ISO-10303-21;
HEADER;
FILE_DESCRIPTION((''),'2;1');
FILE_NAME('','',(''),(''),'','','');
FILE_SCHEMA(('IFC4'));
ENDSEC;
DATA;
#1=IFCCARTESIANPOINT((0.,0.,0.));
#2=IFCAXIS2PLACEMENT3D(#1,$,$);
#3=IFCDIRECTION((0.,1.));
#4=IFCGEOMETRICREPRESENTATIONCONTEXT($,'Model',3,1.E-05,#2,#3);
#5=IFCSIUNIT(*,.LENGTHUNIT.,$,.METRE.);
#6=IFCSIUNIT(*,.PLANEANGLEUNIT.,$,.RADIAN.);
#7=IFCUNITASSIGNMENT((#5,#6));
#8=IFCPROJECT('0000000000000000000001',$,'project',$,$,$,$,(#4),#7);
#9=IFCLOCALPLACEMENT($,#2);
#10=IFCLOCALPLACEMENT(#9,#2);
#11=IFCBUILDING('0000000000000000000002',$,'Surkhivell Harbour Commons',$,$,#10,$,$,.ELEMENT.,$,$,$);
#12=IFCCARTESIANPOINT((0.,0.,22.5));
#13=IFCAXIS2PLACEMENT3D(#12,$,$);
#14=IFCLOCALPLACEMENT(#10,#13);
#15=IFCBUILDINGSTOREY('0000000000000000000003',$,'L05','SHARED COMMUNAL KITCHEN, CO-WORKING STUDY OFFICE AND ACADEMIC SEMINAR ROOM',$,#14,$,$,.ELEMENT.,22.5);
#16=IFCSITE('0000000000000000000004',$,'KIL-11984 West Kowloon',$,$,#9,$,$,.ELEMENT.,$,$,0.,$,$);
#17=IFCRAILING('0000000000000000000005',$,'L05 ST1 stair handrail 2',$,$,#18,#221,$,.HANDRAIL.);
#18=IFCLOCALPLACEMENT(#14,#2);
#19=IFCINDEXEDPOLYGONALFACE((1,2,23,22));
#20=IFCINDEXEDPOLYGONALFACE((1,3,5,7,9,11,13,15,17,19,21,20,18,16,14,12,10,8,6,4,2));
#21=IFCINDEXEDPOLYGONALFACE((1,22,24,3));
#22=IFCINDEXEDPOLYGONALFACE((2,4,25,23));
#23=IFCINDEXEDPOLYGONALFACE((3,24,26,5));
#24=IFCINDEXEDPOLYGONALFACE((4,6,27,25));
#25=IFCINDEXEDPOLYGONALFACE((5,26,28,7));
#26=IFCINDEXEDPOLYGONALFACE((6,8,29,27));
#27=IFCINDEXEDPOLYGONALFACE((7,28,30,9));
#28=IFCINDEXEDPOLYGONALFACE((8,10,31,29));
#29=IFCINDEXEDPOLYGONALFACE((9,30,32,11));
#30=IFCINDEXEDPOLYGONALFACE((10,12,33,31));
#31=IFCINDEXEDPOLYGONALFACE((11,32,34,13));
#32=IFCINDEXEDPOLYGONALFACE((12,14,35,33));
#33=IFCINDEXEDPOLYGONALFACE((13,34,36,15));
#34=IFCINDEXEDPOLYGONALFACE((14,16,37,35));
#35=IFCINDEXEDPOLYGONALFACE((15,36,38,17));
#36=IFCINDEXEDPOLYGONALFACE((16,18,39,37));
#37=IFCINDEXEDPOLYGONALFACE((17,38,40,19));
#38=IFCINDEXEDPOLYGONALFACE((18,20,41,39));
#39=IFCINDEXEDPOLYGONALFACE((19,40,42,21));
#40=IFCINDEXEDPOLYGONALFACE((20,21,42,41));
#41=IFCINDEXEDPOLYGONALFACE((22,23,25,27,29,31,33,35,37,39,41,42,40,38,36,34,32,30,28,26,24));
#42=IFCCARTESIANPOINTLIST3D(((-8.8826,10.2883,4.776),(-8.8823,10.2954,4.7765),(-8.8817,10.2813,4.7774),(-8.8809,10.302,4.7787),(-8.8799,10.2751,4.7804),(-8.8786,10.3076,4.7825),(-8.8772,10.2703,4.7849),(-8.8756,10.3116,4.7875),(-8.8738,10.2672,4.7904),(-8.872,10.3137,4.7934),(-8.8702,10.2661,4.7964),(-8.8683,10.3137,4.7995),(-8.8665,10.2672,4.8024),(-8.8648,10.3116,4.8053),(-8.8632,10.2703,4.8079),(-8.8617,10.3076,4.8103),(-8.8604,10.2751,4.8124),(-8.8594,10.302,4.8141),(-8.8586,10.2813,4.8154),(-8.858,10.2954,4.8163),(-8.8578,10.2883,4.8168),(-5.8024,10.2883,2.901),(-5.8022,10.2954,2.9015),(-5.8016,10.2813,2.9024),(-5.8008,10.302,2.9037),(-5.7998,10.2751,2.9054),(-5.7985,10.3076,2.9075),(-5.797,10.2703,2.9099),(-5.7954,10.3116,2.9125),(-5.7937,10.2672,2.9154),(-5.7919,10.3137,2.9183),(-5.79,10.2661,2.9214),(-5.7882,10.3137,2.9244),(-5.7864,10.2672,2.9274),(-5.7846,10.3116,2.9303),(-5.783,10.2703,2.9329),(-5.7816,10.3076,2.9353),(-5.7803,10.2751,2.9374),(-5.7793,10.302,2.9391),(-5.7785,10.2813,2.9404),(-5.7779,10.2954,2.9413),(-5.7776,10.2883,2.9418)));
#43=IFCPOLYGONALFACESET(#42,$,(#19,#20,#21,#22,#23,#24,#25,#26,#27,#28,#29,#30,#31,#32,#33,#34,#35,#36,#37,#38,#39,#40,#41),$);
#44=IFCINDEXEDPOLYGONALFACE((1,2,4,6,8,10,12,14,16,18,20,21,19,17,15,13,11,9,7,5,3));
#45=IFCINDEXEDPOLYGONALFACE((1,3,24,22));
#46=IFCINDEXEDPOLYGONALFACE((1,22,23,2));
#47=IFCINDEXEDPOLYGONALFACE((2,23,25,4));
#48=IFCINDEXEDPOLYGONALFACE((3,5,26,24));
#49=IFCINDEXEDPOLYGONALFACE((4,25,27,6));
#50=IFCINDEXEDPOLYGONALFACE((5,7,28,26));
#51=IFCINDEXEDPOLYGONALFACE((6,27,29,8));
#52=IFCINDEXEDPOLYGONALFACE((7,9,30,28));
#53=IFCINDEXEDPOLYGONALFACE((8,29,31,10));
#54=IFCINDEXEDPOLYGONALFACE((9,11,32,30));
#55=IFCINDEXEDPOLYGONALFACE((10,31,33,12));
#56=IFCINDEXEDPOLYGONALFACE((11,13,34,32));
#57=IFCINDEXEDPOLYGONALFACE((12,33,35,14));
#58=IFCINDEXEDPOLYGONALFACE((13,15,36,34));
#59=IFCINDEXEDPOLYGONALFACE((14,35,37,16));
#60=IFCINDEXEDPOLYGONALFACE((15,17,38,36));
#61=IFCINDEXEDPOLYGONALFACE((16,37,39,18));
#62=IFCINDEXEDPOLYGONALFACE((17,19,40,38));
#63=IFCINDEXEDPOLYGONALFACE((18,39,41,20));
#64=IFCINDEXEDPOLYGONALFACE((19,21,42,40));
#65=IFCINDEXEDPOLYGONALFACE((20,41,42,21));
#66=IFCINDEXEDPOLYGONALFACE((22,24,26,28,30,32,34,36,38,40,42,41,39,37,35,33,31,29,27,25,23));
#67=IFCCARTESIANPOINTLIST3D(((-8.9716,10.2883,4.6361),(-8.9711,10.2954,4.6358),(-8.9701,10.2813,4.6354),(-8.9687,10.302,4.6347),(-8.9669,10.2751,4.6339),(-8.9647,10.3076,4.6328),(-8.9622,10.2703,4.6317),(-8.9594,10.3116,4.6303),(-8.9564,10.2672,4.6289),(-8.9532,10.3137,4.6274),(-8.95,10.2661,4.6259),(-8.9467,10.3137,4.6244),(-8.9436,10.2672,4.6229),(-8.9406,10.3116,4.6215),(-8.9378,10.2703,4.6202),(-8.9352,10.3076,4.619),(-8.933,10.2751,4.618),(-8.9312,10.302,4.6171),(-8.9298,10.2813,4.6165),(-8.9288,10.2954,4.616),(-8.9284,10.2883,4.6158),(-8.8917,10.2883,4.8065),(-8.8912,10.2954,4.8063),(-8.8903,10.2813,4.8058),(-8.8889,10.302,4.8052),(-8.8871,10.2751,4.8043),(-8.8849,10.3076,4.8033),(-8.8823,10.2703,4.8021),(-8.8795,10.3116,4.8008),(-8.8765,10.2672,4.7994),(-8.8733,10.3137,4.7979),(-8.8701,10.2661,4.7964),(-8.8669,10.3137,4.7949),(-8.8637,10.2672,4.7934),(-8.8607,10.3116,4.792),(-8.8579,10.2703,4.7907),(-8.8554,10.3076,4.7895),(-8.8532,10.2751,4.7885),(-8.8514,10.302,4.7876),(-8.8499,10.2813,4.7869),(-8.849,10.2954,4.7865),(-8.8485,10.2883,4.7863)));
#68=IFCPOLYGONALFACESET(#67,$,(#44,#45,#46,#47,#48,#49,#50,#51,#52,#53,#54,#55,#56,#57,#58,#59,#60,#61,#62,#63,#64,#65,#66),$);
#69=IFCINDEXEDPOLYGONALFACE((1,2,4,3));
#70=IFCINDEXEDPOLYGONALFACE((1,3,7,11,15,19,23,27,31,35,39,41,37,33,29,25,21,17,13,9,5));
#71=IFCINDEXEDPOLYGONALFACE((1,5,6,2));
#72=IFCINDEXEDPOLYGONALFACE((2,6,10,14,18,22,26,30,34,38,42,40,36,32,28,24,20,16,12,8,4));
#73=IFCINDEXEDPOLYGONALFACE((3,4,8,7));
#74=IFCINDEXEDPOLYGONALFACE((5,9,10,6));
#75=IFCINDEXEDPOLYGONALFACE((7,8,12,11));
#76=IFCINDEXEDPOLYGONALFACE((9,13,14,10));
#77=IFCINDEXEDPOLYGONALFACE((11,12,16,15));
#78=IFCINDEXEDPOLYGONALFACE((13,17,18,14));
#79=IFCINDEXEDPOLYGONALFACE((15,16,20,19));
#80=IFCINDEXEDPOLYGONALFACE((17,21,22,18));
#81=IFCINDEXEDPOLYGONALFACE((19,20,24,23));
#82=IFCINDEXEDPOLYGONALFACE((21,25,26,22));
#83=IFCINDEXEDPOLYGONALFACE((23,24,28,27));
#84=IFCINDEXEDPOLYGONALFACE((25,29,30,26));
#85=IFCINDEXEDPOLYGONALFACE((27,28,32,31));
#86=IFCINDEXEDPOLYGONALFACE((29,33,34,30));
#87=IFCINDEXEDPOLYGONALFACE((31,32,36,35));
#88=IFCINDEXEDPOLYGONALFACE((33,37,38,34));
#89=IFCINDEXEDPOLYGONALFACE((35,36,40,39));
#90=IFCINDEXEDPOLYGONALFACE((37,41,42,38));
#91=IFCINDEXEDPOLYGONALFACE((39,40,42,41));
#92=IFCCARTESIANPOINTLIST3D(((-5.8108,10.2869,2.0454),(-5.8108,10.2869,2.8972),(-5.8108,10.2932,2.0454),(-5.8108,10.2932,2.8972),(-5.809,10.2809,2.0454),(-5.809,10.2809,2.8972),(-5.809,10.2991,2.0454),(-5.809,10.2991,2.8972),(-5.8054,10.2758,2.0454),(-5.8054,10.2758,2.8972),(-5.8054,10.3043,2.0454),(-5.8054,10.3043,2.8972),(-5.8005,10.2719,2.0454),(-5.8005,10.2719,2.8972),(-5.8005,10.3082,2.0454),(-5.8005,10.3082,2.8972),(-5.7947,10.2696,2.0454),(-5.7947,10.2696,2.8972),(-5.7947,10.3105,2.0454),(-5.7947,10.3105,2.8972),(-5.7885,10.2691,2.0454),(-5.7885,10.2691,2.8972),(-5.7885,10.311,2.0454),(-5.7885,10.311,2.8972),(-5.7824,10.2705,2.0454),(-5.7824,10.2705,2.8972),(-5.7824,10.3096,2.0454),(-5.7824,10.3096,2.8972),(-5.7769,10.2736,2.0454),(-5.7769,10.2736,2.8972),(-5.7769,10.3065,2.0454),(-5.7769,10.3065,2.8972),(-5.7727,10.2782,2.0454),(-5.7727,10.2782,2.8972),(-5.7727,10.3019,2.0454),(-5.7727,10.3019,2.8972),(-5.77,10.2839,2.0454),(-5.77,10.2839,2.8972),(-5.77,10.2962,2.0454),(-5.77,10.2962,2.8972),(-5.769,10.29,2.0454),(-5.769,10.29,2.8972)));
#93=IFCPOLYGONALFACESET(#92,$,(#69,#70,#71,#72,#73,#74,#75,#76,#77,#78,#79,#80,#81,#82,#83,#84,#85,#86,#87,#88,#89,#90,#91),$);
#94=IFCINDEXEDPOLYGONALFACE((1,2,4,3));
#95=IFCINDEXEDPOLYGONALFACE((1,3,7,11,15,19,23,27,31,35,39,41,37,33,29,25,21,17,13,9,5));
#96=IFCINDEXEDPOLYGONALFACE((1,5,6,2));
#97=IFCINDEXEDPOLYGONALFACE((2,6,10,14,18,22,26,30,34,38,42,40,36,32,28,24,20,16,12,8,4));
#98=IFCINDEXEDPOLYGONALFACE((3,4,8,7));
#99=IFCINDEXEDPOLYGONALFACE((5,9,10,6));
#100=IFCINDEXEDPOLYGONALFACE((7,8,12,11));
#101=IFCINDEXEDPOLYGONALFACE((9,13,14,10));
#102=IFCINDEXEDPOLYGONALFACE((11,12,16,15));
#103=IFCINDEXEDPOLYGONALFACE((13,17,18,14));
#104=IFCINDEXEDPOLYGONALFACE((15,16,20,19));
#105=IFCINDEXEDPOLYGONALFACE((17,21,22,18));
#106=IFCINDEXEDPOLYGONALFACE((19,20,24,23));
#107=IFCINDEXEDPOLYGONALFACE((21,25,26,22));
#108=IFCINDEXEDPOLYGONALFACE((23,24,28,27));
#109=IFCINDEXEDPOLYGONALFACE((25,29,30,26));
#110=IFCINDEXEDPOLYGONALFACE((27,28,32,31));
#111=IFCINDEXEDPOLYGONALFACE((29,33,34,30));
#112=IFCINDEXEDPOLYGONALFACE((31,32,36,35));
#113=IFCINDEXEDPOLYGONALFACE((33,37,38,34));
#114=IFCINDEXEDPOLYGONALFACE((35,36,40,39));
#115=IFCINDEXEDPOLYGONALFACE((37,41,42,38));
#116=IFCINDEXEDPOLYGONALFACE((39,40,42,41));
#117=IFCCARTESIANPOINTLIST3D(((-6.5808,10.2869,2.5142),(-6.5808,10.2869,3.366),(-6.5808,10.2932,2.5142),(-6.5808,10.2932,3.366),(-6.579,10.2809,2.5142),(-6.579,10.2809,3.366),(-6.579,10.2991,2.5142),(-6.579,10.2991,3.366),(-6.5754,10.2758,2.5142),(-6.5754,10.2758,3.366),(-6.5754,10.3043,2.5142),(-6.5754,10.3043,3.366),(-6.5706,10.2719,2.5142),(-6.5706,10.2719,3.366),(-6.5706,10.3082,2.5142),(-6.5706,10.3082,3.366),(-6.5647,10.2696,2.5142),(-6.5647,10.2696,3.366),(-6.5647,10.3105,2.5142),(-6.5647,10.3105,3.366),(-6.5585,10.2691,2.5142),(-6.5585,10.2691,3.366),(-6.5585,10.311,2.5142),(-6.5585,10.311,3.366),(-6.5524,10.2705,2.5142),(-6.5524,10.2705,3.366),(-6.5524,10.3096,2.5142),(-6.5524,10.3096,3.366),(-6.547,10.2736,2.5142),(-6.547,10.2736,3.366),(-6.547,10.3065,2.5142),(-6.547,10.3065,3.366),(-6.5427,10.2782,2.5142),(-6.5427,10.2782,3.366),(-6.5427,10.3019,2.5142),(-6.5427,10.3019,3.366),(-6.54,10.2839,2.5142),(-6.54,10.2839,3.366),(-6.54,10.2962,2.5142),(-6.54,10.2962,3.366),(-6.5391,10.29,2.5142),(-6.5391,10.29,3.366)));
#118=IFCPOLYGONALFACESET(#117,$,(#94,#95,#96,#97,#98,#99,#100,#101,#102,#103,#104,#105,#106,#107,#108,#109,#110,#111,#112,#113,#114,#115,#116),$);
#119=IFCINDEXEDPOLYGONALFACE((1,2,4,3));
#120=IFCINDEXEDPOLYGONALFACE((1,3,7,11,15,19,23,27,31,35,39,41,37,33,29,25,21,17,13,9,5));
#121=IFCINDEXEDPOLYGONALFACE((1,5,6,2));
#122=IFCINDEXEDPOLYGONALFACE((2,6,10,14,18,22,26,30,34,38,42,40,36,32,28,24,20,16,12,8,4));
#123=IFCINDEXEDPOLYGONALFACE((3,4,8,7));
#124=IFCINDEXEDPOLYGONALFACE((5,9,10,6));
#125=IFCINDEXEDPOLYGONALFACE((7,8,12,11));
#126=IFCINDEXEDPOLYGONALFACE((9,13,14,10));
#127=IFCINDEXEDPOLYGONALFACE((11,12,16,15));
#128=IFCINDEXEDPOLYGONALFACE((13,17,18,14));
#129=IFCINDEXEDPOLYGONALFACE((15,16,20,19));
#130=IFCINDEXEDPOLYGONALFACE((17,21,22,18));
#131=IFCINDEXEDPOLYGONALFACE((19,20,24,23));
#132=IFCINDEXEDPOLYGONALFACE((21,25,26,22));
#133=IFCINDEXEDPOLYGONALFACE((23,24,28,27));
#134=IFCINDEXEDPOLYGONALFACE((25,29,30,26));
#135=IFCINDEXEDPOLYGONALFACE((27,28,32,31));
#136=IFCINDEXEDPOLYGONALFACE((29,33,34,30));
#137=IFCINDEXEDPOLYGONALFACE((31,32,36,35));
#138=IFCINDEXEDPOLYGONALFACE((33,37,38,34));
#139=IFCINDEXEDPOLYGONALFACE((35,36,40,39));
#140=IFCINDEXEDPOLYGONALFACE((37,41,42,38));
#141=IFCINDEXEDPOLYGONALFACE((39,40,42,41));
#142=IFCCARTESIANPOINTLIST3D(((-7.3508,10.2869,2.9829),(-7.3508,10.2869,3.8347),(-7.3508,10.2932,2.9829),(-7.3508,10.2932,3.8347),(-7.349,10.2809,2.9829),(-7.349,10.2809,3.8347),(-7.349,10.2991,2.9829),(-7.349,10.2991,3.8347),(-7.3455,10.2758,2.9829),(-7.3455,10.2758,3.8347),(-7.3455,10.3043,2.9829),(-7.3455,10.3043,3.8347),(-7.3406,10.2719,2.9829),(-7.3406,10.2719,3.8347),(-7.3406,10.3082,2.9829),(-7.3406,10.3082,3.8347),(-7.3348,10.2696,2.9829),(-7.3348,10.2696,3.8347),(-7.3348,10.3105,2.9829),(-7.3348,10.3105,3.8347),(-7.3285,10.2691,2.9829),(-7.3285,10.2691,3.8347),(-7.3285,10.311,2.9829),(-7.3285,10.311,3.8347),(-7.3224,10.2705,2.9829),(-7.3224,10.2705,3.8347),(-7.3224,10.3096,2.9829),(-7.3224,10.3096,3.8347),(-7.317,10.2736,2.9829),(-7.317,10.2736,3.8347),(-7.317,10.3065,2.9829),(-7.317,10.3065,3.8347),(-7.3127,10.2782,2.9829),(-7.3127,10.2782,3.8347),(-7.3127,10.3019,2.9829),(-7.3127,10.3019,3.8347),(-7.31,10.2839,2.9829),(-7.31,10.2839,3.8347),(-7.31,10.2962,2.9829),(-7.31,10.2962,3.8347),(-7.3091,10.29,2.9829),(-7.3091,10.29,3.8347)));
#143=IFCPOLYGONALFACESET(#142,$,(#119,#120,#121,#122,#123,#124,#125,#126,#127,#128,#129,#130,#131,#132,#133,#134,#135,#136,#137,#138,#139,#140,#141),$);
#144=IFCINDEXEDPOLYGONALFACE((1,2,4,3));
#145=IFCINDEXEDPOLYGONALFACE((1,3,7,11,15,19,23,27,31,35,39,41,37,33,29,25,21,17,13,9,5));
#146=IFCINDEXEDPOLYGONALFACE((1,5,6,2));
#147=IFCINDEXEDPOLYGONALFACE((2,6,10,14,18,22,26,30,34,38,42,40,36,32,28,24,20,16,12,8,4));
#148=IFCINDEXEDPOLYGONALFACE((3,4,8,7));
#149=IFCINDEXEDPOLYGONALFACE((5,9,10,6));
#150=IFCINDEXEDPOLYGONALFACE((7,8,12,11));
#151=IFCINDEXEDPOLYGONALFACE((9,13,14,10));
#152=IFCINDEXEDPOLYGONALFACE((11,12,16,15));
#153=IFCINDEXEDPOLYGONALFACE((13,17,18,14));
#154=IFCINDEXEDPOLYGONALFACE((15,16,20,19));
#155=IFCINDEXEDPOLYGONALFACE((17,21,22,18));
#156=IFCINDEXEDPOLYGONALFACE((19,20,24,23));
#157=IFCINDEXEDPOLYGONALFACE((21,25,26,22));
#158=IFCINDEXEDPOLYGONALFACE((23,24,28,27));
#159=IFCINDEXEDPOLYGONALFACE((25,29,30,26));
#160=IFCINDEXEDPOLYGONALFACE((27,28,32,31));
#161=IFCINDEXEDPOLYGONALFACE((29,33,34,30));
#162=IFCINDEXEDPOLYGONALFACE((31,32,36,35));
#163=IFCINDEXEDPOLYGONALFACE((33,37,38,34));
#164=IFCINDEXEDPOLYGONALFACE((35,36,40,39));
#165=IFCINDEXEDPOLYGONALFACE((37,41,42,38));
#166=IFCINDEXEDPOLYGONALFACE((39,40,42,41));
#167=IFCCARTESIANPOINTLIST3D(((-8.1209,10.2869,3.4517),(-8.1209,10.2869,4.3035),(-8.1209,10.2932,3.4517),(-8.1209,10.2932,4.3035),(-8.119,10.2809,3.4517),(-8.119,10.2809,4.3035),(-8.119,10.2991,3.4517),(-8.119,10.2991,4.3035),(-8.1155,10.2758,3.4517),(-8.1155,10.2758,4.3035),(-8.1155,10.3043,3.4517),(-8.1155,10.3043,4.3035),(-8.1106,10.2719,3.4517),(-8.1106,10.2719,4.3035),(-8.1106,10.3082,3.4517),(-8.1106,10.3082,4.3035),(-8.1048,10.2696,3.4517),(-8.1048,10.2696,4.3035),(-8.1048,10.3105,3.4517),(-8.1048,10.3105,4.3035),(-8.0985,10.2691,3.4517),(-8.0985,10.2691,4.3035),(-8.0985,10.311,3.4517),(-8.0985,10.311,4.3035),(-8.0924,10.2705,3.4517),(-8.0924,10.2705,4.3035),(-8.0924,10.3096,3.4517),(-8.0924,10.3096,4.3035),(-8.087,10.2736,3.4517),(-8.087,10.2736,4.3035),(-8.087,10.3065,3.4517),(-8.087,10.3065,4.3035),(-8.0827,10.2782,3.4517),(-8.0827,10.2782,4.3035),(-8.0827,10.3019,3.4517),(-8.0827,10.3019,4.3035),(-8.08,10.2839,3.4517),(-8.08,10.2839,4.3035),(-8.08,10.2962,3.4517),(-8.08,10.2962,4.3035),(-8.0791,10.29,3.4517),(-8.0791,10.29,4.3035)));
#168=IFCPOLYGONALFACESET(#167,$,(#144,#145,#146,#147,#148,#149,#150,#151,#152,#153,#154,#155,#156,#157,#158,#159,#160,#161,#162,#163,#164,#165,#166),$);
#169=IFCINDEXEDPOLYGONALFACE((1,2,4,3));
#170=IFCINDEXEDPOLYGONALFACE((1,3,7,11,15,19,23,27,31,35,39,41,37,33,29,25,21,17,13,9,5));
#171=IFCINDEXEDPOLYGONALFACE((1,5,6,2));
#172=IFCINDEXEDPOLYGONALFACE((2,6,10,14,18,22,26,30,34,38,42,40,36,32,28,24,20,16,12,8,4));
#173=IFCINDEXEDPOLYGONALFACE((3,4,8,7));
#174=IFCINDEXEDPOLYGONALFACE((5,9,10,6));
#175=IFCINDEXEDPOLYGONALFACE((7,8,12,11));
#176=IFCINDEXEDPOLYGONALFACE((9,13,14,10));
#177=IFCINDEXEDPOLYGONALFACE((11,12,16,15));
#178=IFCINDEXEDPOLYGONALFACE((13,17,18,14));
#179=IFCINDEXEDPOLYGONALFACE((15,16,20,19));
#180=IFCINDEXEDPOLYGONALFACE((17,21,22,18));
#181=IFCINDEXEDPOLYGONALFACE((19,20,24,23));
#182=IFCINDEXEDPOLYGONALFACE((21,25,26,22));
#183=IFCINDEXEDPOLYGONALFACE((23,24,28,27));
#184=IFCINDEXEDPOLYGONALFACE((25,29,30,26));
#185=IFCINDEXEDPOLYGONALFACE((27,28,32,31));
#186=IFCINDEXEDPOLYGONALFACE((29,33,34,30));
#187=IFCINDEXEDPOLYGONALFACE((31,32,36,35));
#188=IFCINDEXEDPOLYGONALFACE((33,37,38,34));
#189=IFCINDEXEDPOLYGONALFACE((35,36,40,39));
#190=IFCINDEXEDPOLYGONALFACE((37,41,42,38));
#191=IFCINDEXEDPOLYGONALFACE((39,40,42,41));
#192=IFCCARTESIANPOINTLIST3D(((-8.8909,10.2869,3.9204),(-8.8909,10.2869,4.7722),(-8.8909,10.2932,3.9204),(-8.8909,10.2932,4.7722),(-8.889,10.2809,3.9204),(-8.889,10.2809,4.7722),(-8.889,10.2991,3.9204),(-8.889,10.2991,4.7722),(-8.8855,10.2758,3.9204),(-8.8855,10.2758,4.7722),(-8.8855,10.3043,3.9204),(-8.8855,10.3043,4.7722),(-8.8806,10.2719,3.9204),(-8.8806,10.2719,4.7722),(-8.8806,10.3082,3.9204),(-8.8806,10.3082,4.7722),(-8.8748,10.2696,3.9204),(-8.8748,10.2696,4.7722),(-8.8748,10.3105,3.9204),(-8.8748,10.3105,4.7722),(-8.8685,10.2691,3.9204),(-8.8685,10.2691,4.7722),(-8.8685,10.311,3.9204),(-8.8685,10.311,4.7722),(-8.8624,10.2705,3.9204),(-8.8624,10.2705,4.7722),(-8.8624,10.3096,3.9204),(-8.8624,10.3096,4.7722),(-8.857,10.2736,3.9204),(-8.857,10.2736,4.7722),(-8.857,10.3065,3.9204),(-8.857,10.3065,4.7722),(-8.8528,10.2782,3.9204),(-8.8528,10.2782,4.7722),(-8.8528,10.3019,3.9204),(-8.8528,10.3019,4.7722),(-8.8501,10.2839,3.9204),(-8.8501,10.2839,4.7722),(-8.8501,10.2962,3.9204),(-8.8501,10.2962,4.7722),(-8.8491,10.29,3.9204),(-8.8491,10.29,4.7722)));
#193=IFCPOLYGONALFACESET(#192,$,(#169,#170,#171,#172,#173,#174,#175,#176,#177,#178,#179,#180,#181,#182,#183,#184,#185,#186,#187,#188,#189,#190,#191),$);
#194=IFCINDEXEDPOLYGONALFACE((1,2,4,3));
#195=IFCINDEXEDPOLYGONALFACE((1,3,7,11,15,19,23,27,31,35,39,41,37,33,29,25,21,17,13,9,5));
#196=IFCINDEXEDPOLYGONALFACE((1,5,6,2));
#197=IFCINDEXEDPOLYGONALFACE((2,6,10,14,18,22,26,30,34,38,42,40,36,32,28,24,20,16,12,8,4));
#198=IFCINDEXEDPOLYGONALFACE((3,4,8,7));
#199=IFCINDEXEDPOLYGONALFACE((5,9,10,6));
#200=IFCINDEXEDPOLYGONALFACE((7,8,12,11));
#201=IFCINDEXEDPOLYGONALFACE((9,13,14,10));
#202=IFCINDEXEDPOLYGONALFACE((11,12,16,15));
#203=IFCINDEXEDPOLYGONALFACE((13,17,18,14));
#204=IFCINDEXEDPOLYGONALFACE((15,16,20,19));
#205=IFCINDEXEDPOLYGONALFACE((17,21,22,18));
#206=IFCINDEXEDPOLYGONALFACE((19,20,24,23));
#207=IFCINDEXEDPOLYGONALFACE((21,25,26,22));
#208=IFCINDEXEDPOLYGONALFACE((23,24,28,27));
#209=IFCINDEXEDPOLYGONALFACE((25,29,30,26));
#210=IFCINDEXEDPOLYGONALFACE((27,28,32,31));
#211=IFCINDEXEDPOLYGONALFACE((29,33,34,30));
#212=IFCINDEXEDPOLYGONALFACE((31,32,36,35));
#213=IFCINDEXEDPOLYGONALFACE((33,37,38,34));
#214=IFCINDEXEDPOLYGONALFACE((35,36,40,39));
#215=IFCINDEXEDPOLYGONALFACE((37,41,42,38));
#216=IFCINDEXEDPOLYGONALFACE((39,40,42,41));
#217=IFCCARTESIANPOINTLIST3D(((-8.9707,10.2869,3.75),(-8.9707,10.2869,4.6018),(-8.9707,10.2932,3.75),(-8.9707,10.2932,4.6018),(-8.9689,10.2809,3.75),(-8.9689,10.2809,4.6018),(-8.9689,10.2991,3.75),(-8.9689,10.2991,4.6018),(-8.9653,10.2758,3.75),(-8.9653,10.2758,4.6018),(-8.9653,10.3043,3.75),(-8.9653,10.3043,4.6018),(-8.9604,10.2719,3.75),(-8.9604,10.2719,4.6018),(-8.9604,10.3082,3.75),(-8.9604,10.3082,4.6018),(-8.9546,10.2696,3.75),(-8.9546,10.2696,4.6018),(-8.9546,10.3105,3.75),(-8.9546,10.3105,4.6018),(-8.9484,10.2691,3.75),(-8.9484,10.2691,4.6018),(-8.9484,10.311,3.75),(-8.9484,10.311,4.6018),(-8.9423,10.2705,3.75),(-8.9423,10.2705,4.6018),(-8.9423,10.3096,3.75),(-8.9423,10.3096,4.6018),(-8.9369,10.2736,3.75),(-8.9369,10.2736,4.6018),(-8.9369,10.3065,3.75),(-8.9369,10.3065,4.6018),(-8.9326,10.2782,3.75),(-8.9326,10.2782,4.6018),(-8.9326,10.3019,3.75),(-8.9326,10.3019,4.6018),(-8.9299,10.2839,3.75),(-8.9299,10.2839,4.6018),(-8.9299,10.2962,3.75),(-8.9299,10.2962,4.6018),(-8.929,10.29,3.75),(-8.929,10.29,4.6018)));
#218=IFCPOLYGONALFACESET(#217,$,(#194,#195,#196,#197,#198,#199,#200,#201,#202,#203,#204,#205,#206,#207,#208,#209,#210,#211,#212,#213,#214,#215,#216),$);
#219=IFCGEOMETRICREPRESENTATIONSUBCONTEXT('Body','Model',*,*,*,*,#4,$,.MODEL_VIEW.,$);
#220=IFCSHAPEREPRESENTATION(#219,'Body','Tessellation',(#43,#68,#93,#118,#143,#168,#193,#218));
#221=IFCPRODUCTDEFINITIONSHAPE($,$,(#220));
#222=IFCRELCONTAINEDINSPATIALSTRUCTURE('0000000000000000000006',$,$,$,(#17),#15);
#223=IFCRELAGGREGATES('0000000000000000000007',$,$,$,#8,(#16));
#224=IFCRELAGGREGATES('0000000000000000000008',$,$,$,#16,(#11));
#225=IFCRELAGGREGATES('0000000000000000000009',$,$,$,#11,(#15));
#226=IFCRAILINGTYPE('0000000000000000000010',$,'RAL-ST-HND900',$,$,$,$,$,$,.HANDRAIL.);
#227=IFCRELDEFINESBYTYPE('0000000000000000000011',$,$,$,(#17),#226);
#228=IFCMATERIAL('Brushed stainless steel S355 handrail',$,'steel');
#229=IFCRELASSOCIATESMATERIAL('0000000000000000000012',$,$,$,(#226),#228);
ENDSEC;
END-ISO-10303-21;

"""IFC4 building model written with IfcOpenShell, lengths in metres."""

from ifc_helpers import new_model, si_unit, direction, frame, origin, origin_2d, place, context, subcontext, project, spatial, circle, extrude, material, type_object, element, save


model = new_model("IFC4")

# Units and contexts
model_context = context("Model", 3, precision=1e-05, world=origin(), true_north=direction((0.0, 1.0)))
body_context = subcontext(model_context, "Body", "Model", "MODEL_VIEW")
ifc_project = project(units=[si_unit("LENGTHUNIT", "METRE"), si_unit("PLANEANGLEUNIT", "RADIAN")], contexts=[model_context])

# Site, building, storey
site_placement = place(None, origin())
site = spatial("IfcSite", under=ifc_project, at=site_placement, Name="KIL-11984 West Kowloon", CompositionType="ELEMENT", RefElevation=0.0)
building_placement = place(site_placement, origin())
building = spatial("IfcBuilding", under=site, at=building_placement, Name="Surkhivell Harbour Commons", CompositionType="ELEMENT")
storey_placement = place(building_placement, frame((0.0, 0.0, 22.5)))
storey = spatial("IfcBuildingStorey", under=building, at=storey_placement, Name="L05", Description="SHARED COMMUNAL KITCHEN, CO-WORKING STUDY OFFICE AND ACADEMIC SEMINAR ROOM", CompositionType="ELEMENT", Elevation=22.5)

# Railing
ifc_material_1 = material(Name="Brushed stainless steel S355 handrail", Category="steel")
railing_type_1 = type_object("IfcRailingType", Name="RAL-ST-HND900", PredefinedType="HANDRAIL", material=ifc_material_1)
railing_1_placement = place(storey_placement, frame((-5.79, 10.29, 2.0454)))
element("IfcRailing", 1, at=railing_1_placement, inside=storey, type_object=railing_type_1, Name="L05 ST1 stair handrail 2", PredefinedType="HANDRAIL", context=body_context, shape_type="SweptSolid", body=[
    extrude(circle(Radius=0.0239, at=origin_2d()), frame((0.0, 0.0, 0.876), z_axis=(-0.854178, 0.0, 0.519981), x_axis=(0.0, -1.0, 0.0)), (0.0, 0.0, 1.0), 3.606),
    extrude(circle(Radius=0.0239, at=origin_2d()), frame((-3.0801, 0.0, 2.751), z_axis=(-0.424234, 0.0, -0.905552), x_axis=(0.0, -1.0, 0.0)), (0.0, 0.0, 1.0), 0.1882),
    extrude(circle(Radius=0.021, at=origin_2d()), origin(), (0.0, 0.0, 1.0), 0.8518),
    extrude(circle(Radius=0.021, at=origin_2d()), frame((-0.77, 0.0, 0.4688)), (0.0, 0.0, 1.0), 0.8518),
    extrude(circle(Radius=0.021, at=origin_2d()), frame((-1.54, 0.0, 0.9375)), (0.0, 0.0, 1.0), 0.8518),
    extrude(circle(Radius=0.021, at=origin_2d()), frame((-2.3101, 0.0, 1.4062)), (0.0, 0.0, 1.0), 0.8518),
    extrude(circle(Radius=0.021, at=origin_2d()), frame((-3.0801, 0.0, 1.875)), (0.0, 0.0, 1.0), 0.8518),
    extrude(circle(Radius=0.021, at=origin_2d()), frame((-3.1599, 0.0, 1.7046)), (0.0, 0.0, 1.0), 0.8518),
])

save(model, "model.ifc")
